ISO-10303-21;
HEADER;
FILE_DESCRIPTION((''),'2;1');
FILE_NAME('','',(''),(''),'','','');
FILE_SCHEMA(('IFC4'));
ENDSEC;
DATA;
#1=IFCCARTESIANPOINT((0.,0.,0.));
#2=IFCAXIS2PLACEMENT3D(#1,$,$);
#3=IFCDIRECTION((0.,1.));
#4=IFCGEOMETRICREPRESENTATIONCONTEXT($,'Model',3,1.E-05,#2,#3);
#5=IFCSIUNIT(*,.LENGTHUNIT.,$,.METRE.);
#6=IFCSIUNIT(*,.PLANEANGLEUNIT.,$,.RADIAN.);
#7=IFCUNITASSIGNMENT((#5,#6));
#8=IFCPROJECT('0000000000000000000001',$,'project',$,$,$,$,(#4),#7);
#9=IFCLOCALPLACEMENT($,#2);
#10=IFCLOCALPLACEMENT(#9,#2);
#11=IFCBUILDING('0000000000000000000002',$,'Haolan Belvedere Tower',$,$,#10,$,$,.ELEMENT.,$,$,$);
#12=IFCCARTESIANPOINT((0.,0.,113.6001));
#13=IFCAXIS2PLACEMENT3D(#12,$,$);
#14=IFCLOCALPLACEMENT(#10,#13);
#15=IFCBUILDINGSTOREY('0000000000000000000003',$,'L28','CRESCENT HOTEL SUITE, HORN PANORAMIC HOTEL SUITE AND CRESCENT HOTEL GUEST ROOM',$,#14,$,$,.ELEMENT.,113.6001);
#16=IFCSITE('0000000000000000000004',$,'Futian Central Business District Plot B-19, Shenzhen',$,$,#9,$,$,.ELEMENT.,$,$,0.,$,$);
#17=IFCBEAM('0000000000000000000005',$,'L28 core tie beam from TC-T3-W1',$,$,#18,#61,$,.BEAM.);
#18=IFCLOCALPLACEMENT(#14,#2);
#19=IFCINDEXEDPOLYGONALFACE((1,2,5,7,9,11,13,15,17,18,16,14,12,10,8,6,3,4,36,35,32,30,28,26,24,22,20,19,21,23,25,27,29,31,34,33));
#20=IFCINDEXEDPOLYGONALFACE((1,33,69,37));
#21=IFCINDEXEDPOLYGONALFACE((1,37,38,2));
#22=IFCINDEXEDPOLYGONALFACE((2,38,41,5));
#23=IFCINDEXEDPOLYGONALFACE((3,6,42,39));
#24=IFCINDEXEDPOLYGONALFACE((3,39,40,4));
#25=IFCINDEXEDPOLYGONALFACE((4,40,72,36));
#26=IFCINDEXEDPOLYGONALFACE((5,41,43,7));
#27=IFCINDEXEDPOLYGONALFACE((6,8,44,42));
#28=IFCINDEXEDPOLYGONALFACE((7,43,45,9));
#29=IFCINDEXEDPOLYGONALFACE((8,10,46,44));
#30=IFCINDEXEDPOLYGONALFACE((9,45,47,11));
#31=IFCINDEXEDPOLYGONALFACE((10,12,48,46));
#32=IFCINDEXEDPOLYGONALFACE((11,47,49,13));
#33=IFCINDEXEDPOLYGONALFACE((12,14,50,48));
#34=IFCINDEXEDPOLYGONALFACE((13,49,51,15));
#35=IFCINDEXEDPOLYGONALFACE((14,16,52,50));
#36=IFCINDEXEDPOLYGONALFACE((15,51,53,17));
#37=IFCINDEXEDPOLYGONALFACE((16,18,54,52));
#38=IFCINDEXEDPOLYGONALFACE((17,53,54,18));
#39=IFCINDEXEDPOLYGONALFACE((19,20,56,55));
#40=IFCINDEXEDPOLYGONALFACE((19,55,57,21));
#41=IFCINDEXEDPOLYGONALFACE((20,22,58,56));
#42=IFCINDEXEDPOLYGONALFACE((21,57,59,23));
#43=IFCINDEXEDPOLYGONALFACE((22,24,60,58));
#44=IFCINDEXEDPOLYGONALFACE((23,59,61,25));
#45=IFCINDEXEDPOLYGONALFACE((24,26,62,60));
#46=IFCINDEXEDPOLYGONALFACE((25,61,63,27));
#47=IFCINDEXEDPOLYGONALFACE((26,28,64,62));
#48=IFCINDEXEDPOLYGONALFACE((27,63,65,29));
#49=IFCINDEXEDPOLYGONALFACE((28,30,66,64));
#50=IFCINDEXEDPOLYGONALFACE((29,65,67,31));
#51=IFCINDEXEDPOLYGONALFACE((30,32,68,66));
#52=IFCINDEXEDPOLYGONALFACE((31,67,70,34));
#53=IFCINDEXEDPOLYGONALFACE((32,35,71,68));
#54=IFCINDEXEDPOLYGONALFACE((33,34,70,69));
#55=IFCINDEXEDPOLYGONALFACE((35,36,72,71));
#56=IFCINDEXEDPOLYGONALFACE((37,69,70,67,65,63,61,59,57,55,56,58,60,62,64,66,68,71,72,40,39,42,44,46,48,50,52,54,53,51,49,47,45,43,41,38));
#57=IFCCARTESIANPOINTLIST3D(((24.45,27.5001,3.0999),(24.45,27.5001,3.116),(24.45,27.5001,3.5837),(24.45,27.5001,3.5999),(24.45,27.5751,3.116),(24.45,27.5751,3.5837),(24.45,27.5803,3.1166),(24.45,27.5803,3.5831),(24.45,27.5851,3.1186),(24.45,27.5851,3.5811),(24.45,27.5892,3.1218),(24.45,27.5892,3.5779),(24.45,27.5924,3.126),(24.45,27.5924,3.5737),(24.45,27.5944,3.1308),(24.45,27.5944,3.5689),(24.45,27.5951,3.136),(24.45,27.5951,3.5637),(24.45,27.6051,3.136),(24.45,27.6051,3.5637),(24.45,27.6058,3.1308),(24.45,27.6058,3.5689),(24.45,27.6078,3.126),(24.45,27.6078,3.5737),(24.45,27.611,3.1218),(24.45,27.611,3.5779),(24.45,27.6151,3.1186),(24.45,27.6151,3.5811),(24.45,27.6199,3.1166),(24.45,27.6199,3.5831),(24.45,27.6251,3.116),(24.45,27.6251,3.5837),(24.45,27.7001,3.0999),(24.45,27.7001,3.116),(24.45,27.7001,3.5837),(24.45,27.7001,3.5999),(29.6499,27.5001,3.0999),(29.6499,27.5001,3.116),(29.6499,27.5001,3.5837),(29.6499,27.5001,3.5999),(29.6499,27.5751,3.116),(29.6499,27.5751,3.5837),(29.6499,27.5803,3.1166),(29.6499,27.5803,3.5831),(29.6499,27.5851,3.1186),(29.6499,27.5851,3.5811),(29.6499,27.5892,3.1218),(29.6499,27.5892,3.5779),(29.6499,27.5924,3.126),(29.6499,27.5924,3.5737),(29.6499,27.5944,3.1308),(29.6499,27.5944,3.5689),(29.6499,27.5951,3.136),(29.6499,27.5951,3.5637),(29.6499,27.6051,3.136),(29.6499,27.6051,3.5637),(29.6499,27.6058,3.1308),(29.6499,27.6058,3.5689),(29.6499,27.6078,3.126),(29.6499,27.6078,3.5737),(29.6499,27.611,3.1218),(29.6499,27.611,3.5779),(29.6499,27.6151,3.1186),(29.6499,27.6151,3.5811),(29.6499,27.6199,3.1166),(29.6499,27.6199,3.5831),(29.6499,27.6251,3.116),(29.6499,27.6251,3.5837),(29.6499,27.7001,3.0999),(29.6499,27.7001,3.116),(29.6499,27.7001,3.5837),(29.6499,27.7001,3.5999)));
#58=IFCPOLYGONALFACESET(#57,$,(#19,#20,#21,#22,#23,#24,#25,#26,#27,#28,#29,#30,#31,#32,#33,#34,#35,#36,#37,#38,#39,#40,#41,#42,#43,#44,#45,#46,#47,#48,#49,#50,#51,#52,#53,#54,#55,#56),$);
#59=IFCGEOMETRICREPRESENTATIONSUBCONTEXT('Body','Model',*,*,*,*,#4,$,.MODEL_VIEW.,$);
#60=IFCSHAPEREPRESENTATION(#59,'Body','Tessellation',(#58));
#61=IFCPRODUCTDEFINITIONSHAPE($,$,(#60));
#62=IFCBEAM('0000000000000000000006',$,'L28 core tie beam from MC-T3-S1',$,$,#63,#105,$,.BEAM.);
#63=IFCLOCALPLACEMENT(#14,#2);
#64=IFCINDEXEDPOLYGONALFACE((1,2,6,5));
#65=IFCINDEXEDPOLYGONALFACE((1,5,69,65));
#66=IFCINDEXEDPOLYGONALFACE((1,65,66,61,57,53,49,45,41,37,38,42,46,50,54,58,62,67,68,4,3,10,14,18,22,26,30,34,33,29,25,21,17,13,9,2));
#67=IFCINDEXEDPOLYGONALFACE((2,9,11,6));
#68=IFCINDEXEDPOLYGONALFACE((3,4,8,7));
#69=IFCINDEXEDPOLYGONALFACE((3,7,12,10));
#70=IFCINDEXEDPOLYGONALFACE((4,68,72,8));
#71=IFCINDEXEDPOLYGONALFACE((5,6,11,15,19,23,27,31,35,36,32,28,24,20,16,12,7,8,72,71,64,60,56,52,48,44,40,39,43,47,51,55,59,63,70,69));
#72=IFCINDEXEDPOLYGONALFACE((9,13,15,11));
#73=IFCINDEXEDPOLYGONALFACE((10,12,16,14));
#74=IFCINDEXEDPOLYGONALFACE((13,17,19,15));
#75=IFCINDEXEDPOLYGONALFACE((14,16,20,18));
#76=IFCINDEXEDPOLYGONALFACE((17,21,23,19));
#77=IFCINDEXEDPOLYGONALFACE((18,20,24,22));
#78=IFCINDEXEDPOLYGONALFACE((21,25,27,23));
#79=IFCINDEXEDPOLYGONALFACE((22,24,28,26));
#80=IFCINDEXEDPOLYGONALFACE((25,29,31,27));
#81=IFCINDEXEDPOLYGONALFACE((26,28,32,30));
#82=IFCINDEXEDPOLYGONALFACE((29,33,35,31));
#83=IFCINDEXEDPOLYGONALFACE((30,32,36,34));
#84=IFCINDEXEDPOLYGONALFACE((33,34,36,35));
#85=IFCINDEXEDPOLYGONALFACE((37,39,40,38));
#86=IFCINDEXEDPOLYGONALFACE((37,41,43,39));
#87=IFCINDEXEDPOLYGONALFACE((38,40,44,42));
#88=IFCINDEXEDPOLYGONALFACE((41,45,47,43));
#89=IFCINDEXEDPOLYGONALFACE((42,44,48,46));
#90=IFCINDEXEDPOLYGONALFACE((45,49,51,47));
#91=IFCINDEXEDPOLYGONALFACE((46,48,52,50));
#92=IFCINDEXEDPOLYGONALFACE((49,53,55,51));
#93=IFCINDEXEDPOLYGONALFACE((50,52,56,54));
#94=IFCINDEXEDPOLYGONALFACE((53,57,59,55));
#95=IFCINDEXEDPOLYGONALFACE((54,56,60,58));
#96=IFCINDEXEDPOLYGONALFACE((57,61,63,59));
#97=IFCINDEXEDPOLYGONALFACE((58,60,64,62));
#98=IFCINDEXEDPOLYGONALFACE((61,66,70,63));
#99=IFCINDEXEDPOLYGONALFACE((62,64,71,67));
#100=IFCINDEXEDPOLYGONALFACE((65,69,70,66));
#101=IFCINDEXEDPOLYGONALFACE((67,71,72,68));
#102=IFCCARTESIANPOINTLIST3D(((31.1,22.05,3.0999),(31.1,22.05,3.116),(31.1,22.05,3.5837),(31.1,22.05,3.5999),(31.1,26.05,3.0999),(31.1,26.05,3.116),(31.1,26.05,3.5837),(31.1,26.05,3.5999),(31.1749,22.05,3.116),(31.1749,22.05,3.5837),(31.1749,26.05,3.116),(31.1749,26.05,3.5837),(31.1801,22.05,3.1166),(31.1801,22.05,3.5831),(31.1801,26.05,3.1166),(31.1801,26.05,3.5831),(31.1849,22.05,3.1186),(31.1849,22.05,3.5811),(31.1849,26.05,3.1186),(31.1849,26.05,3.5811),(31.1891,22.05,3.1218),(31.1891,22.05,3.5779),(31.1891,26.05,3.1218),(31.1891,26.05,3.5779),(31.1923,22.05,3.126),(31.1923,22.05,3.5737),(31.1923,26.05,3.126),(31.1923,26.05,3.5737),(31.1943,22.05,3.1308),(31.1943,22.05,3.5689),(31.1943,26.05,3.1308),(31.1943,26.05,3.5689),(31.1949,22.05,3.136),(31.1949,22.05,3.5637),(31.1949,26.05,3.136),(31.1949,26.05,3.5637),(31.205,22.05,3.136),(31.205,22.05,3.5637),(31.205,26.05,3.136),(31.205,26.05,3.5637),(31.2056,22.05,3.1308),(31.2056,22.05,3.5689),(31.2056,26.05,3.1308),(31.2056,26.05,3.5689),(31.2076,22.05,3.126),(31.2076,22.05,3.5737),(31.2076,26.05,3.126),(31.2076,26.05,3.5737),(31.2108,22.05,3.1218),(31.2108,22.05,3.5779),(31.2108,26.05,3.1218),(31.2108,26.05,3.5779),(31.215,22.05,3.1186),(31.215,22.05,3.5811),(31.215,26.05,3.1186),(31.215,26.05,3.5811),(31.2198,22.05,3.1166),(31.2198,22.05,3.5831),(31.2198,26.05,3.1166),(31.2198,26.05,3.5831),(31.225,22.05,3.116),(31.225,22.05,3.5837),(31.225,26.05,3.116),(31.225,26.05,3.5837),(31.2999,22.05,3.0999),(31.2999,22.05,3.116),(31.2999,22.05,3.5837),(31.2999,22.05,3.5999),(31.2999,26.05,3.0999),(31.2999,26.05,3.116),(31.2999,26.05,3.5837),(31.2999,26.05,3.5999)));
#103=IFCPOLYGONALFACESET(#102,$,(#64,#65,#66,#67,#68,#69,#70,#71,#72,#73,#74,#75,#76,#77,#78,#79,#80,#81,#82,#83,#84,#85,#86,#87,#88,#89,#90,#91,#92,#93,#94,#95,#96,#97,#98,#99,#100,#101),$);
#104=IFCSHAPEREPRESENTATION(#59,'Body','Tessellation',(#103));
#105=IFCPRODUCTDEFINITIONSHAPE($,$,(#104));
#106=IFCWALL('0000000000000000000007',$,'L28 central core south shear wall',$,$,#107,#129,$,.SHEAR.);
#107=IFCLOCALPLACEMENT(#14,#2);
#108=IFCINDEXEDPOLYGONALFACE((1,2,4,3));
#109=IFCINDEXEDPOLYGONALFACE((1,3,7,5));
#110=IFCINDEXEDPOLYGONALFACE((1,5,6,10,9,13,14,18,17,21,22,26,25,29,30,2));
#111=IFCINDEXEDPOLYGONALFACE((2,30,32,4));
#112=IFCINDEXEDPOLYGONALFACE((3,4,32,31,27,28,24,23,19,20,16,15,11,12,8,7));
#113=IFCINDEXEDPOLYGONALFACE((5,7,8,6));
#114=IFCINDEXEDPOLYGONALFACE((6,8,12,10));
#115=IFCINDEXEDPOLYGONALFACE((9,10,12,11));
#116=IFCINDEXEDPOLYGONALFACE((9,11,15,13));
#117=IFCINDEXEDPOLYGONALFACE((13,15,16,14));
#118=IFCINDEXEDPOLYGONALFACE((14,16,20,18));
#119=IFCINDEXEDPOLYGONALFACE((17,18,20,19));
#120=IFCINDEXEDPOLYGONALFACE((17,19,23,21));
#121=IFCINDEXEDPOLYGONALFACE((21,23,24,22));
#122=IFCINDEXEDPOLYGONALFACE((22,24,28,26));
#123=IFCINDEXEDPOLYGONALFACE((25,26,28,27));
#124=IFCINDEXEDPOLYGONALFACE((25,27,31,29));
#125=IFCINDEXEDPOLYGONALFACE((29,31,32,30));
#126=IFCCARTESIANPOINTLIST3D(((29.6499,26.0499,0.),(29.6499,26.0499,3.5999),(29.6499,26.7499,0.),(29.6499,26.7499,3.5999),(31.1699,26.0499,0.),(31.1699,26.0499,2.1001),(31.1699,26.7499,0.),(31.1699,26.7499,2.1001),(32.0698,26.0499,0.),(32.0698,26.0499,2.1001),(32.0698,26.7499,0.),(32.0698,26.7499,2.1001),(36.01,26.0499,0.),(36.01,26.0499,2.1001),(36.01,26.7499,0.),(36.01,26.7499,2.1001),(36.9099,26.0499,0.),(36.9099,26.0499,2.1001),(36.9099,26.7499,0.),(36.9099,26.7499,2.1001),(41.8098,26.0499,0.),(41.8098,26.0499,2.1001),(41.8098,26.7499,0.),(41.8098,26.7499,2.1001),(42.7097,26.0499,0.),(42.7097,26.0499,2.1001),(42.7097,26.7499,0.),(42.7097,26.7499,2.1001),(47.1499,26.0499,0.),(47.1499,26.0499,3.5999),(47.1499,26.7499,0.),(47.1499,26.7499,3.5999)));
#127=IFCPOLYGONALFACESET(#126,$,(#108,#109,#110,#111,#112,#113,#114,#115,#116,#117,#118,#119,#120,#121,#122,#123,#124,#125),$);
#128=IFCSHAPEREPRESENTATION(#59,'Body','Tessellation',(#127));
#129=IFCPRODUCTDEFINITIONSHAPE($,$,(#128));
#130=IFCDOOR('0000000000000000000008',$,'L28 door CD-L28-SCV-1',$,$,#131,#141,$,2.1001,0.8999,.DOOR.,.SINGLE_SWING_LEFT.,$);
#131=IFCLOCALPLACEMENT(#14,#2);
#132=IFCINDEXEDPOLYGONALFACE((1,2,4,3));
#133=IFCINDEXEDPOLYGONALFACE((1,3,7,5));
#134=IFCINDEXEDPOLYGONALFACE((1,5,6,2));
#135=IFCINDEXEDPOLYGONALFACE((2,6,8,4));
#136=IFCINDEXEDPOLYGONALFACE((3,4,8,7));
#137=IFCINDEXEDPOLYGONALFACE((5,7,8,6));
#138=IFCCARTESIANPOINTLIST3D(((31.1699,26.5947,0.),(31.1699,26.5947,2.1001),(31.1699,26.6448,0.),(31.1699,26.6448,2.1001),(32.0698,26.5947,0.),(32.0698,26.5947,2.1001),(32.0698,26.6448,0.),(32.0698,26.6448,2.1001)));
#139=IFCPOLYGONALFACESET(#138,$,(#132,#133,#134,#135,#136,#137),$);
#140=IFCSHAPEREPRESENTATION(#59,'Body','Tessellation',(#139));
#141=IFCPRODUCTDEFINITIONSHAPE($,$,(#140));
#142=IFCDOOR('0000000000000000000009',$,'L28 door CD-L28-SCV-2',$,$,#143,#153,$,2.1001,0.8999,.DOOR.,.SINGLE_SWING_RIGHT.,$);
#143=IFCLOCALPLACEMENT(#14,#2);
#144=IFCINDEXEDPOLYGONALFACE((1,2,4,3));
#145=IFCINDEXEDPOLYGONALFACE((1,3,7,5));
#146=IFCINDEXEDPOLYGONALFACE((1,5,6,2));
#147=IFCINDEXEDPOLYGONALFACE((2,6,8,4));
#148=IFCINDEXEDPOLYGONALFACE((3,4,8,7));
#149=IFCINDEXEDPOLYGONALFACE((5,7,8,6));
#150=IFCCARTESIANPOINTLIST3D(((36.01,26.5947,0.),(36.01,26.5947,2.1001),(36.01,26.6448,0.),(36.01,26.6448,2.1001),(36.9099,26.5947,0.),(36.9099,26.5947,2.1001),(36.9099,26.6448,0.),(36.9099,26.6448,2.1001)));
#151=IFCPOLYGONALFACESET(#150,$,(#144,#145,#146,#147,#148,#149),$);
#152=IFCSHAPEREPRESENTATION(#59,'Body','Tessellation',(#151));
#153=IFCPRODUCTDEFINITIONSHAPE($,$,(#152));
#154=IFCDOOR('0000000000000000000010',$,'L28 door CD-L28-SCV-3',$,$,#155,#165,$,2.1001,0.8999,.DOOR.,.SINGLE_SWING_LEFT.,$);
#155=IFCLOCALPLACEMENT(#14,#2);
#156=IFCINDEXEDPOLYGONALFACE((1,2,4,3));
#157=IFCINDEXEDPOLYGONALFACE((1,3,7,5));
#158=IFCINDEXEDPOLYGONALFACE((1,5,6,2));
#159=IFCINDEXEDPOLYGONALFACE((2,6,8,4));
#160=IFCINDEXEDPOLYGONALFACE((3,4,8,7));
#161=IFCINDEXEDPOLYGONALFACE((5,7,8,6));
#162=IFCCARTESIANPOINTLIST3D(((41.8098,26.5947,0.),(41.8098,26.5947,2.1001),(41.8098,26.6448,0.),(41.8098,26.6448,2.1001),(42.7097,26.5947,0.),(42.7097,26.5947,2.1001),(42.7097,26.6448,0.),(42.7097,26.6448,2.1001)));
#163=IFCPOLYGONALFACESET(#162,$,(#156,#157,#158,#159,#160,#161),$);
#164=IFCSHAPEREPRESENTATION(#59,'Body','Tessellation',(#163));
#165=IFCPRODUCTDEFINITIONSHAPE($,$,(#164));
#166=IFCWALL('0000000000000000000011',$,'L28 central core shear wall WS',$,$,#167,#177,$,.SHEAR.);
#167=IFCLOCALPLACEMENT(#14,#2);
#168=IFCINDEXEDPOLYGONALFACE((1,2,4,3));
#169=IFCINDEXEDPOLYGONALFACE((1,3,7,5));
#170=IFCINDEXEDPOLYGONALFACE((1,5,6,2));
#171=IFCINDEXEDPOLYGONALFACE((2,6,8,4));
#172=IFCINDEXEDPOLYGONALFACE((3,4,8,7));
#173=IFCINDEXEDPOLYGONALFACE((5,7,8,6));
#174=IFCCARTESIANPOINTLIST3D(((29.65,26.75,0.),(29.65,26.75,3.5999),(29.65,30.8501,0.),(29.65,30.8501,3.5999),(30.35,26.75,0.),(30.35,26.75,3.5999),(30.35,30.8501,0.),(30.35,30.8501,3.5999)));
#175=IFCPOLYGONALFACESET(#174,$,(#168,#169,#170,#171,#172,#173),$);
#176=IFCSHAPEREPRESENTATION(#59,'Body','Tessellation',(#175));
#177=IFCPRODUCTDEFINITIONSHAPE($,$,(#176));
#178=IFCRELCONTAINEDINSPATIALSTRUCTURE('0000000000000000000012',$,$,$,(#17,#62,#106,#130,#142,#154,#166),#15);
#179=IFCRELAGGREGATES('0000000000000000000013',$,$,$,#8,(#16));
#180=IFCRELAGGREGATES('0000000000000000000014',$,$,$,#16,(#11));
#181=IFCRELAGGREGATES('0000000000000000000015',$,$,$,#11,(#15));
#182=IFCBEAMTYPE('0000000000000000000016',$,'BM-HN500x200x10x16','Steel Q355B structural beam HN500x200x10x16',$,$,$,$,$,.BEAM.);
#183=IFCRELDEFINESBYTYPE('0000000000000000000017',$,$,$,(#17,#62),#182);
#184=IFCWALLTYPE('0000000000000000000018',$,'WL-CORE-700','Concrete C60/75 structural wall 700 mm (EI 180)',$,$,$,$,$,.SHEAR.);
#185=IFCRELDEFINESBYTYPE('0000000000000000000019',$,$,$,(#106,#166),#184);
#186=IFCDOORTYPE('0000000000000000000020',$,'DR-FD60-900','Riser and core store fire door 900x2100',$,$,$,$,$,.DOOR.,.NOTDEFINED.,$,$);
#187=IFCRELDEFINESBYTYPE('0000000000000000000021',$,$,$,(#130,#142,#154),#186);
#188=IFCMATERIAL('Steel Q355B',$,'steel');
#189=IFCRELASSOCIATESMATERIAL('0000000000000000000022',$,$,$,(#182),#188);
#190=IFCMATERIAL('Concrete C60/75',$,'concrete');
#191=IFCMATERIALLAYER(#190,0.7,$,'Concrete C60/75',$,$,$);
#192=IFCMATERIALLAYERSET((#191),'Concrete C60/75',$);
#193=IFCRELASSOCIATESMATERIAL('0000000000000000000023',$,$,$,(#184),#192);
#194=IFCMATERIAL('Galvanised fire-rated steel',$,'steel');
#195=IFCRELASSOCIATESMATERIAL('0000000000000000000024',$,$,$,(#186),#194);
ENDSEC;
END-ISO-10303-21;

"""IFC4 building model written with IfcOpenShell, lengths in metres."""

from ifc_helpers import new_model, si_unit, direction, frame, frame_2d, origin, origin_2d, place, context, subcontext, project, spatial, rectangle, i_section, extrude, material, layer, layer_set, material_profile, profile_set, type_object, element, fill, save


model = new_model("IFC4")

# Units and contexts
model_context = context("Model", 3, precision=1e-05, world=origin(), true_north=direction((0.0, 1.0)))
body_context = subcontext(model_context, "Body", "Model", "MODEL_VIEW")
ifc_project = project(units=[si_unit("LENGTHUNIT", "METRE"), si_unit("PLANEANGLEUNIT", "RADIAN")], contexts=[model_context])

# Site, building, storey
site_placement = place(None, origin())
site = spatial("IfcSite", under=ifc_project, at=site_placement, Name="Futian Central Business District Plot B-19, Shenzhen", CompositionType="ELEMENT", RefElevation=0.0)
building_placement = place(site_placement, origin())
building = spatial("IfcBuilding", under=site, at=building_placement, Name="Haolan Belvedere Tower", CompositionType="ELEMENT")
storey_placement = place(building_placement, frame((0.0, 0.0, 113.6001)))
storey = spatial("IfcBuildingStorey", under=building, at=storey_placement, Name="L28", Description="CRESCENT HOTEL SUITE, HORN PANORAMIC HOTEL SUITE AND CRESCENT HOTEL GUEST ROOM", CompositionType="ELEMENT", Elevation=113.6001)

# Beams
ifc_material_1 = material(Name="Steel Q355B", Category="steel")
ifc_material_profile_1 = material_profile(ifc_material_1, i_section(OverallWidth=0.2, OverallDepth=0.5, WebThickness=0.01, FlangeThickness=0.0161, FilletRadius=0.02, at=origin_2d()), Name="Steel Q355B")
ifc_profile_set_1 = profile_set([ifc_material_profile_1], Name="Steel Q355B")
beam_type_1 = type_object("IfcBeamType", Name="BM-HN500x200x10x16", Description="Steel Q355B structural beam HN500x200x10x16", PredefinedType="BEAM", material=ifc_profile_set_1)
beam_1_placement = place(storey_placement, frame((24.45, 27.6001, 3.3499), z_axis=(1.0, 0.0, 0.0), x_axis=(0.0, 1.0, 0.0)))
element("IfcBeam", 1, at=beam_1_placement, inside=storey, type_object=beam_type_1, Name="L28 core tie beam from TC-T3-W1", PredefinedType="BEAM", context=body_context, shape_type="SweptSolid", body=[
    extrude(i_section(OverallWidth=0.2, OverallDepth=0.5, WebThickness=0.01, FlangeThickness=0.0161, FilletRadius=0.02, at=origin_2d()), origin(), (0.0, 0.0, 1.0), 5.2),
])
beam_2_placement = place(storey_placement, frame((31.2, 22.05, 3.3499), z_axis=(0.0, 1.0, 0.0), x_axis=(-1.0, 0.0, 0.0)))
element("IfcBeam", 2, at=beam_2_placement, inside=storey, type_object=beam_type_1, Name="L28 core tie beam from MC-T3-S1", PredefinedType="BEAM", context=body_context, shape_type="SweptSolid", body=[
    extrude(i_section(OverallWidth=0.2, OverallDepth=0.5, WebThickness=0.01, FlangeThickness=0.0161, FilletRadius=0.02, at=origin_2d()), origin(), (0.0, 0.0, 1.0), 4.0),
])

# Wall, openings, doors
ifc_material_2 = material(Name="Concrete C60/75", Category="concrete")
ifc_layer_1 = layer(ifc_material_2, 0.7, Name="Concrete C60/75")
ifc_layer_set_1 = layer_set([ifc_layer_1], Name="Concrete C60/75")
wall_type_1 = type_object("IfcWallType", Name="WL-CORE-700", Description="Concrete C60/75 structural wall 700 mm (EI 180)", PredefinedType="SHEAR", material=ifc_layer_set_1)
wall_1_placement = place(storey_placement, frame((29.6499, 26.3999, 0.0), z_axis=(0.0, 0.0, 1.0), x_axis=(1.0, 0.0, 0.0)))
wall_1 = element("IfcWall", 3, at=wall_1_placement, inside=storey, type_object=wall_type_1, Name="L28 central core south shear wall", PredefinedType="SHEAR", context=body_context, shape_type="SweptSolid", body=[
    extrude(rectangle(XDim=17.5, YDim=0.7, at=frame_2d((8.75, 0.0))), origin(), (0.0, 0.0, 1.0), 3.5999),
])
opening_1_placement = place(wall_1_placement, frame((2.4199, 0.0, 0.0), z_axis=(0.0, 0.0, 1.0), x_axis=(-1.0, 0.0, 0.0)))
opening_1 = element("IfcOpeningElement", 4, at=opening_1_placement, cuts=wall_1, PredefinedType="OPENING", context=body_context, shape_type="SweptSolid", body=[
    extrude(rectangle(XDim=0.8999, YDim=2.1001, at=frame_2d((0.45, 1.05))), frame((0.0, 0.3599, 0.0), z_axis=(0.0, -1.0, 0.0), x_axis=(1.0, 0.0, 0.0)), (0.0, 0.0, 1.0), 0.72),
])
opening_2_placement = place(wall_1_placement, frame((7.26, 0.0, 0.0), z_axis=(0.0, 0.0, 1.0), x_axis=(-1.0, 0.0, 0.0)))
opening_2 = element("IfcOpeningElement", 5, at=opening_2_placement, cuts=wall_1, PredefinedType="OPENING", context=body_context, shape_type="SweptSolid", body=[
    extrude(rectangle(XDim=0.8999, YDim=2.1001, at=frame_2d((0.45, 1.05))), frame((0.0, 0.3599, 0.0), z_axis=(0.0, -1.0, 0.0), x_axis=(1.0, 0.0, 0.0)), (0.0, 0.0, 1.0), 0.72),
])
opening_3_placement = place(wall_1_placement, frame((13.0598, 0.0, 0.0), z_axis=(0.0, 0.0, 1.0), x_axis=(-1.0, 0.0, 0.0)))
opening_3 = element("IfcOpeningElement", 6, at=opening_3_placement, cuts=wall_1, PredefinedType="OPENING", context=body_context, shape_type="SweptSolid", body=[
    extrude(rectangle(XDim=0.8999, YDim=2.1001, at=frame_2d((0.45, 1.05))), frame((0.0, 0.3599, 0.0), z_axis=(0.0, -1.0, 0.0), x_axis=(1.0, 0.0, 0.0)), (0.0, 0.0, 1.0), 0.72),
])
ifc_material_3 = material(Name="Galvanised fire-rated steel", Category="steel")
door_type_1 = type_object("IfcDoorType", Name="DR-FD60-900", Description="Riser and core store fire door 900x2100", OperationType="NOTDEFINED", PredefinedType="DOOR", material=ifc_material_3)
door_1_placement = place(opening_1_placement, origin())
door_1 = element("IfcDoor", 7, at=door_1_placement, inside=storey, type_object=door_type_1, Name="L28 door CD-L28-SCV-1", OperationType="SINGLE_SWING_LEFT", OverallHeight=2.1001, OverallWidth=0.8999, PredefinedType="DOOR", context=body_context, shape_type="SweptSolid", body=[
    extrude(rectangle(XDim=0.8999, YDim=2.1001, at=frame_2d((0.45, 1.05))), frame((0.0, -0.1948, 0.0), z_axis=(0.0, -1.0, 0.0), x_axis=(1.0, 0.0, 0.0)), (0.0, 0.0, 1.0), 0.05),
])
fill(opening_1, door_1)
door_2_placement = place(opening_2_placement, origin())
door_2 = element("IfcDoor", 8, at=door_2_placement, inside=storey, type_object=door_type_1, Name="L28 door CD-L28-SCV-2", OperationType="SINGLE_SWING_RIGHT", OverallHeight=2.1001, OverallWidth=0.8999, PredefinedType="DOOR", context=body_context, shape_type="SweptSolid", body=[
    extrude(rectangle(XDim=0.8999, YDim=2.1001, at=frame_2d((0.45, 1.05))), frame((0.0, -0.1948, 0.0), z_axis=(0.0, -1.0, 0.0), x_axis=(1.0, 0.0, 0.0)), (0.0, 0.0, 1.0), 0.05),
])
fill(opening_2, door_2)
door_3_placement = place(opening_3_placement, origin())
door_3 = element("IfcDoor", 9, at=door_3_placement, inside=storey, type_object=door_type_1, Name="L28 door CD-L28-SCV-3", OperationType="SINGLE_SWING_LEFT", OverallHeight=2.1001, OverallWidth=0.8999, PredefinedType="DOOR", context=body_context, shape_type="SweptSolid", body=[
    extrude(rectangle(XDim=0.8999, YDim=2.1001, at=frame_2d((0.45, 1.05))), frame((0.0, -0.1948, 0.0), z_axis=(0.0, -1.0, 0.0), x_axis=(1.0, 0.0, 0.0)), (0.0, 0.0, 1.0), 0.05),
])
fill(opening_3, door_3)

# Wall
wall_2_placement = place(storey_placement, frame((30.0, 26.75, 0.0), z_axis=(0.0, 0.0, 1.0), x_axis=(0.0, 1.0, 0.0)))
element("IfcWall", 10, at=wall_2_placement, inside=storey, type_object=wall_type_1, Name="L28 central core shear wall WS", PredefinedType="SHEAR", context=body_context, shape_type="SweptSolid", body=[
    extrude(rectangle(XDim=4.1001, YDim=0.7, at=frame_2d((2.05, 0.0))), origin(), (0.0, 0.0, 1.0), 3.5999),
])

save(model, "model.ifc")
